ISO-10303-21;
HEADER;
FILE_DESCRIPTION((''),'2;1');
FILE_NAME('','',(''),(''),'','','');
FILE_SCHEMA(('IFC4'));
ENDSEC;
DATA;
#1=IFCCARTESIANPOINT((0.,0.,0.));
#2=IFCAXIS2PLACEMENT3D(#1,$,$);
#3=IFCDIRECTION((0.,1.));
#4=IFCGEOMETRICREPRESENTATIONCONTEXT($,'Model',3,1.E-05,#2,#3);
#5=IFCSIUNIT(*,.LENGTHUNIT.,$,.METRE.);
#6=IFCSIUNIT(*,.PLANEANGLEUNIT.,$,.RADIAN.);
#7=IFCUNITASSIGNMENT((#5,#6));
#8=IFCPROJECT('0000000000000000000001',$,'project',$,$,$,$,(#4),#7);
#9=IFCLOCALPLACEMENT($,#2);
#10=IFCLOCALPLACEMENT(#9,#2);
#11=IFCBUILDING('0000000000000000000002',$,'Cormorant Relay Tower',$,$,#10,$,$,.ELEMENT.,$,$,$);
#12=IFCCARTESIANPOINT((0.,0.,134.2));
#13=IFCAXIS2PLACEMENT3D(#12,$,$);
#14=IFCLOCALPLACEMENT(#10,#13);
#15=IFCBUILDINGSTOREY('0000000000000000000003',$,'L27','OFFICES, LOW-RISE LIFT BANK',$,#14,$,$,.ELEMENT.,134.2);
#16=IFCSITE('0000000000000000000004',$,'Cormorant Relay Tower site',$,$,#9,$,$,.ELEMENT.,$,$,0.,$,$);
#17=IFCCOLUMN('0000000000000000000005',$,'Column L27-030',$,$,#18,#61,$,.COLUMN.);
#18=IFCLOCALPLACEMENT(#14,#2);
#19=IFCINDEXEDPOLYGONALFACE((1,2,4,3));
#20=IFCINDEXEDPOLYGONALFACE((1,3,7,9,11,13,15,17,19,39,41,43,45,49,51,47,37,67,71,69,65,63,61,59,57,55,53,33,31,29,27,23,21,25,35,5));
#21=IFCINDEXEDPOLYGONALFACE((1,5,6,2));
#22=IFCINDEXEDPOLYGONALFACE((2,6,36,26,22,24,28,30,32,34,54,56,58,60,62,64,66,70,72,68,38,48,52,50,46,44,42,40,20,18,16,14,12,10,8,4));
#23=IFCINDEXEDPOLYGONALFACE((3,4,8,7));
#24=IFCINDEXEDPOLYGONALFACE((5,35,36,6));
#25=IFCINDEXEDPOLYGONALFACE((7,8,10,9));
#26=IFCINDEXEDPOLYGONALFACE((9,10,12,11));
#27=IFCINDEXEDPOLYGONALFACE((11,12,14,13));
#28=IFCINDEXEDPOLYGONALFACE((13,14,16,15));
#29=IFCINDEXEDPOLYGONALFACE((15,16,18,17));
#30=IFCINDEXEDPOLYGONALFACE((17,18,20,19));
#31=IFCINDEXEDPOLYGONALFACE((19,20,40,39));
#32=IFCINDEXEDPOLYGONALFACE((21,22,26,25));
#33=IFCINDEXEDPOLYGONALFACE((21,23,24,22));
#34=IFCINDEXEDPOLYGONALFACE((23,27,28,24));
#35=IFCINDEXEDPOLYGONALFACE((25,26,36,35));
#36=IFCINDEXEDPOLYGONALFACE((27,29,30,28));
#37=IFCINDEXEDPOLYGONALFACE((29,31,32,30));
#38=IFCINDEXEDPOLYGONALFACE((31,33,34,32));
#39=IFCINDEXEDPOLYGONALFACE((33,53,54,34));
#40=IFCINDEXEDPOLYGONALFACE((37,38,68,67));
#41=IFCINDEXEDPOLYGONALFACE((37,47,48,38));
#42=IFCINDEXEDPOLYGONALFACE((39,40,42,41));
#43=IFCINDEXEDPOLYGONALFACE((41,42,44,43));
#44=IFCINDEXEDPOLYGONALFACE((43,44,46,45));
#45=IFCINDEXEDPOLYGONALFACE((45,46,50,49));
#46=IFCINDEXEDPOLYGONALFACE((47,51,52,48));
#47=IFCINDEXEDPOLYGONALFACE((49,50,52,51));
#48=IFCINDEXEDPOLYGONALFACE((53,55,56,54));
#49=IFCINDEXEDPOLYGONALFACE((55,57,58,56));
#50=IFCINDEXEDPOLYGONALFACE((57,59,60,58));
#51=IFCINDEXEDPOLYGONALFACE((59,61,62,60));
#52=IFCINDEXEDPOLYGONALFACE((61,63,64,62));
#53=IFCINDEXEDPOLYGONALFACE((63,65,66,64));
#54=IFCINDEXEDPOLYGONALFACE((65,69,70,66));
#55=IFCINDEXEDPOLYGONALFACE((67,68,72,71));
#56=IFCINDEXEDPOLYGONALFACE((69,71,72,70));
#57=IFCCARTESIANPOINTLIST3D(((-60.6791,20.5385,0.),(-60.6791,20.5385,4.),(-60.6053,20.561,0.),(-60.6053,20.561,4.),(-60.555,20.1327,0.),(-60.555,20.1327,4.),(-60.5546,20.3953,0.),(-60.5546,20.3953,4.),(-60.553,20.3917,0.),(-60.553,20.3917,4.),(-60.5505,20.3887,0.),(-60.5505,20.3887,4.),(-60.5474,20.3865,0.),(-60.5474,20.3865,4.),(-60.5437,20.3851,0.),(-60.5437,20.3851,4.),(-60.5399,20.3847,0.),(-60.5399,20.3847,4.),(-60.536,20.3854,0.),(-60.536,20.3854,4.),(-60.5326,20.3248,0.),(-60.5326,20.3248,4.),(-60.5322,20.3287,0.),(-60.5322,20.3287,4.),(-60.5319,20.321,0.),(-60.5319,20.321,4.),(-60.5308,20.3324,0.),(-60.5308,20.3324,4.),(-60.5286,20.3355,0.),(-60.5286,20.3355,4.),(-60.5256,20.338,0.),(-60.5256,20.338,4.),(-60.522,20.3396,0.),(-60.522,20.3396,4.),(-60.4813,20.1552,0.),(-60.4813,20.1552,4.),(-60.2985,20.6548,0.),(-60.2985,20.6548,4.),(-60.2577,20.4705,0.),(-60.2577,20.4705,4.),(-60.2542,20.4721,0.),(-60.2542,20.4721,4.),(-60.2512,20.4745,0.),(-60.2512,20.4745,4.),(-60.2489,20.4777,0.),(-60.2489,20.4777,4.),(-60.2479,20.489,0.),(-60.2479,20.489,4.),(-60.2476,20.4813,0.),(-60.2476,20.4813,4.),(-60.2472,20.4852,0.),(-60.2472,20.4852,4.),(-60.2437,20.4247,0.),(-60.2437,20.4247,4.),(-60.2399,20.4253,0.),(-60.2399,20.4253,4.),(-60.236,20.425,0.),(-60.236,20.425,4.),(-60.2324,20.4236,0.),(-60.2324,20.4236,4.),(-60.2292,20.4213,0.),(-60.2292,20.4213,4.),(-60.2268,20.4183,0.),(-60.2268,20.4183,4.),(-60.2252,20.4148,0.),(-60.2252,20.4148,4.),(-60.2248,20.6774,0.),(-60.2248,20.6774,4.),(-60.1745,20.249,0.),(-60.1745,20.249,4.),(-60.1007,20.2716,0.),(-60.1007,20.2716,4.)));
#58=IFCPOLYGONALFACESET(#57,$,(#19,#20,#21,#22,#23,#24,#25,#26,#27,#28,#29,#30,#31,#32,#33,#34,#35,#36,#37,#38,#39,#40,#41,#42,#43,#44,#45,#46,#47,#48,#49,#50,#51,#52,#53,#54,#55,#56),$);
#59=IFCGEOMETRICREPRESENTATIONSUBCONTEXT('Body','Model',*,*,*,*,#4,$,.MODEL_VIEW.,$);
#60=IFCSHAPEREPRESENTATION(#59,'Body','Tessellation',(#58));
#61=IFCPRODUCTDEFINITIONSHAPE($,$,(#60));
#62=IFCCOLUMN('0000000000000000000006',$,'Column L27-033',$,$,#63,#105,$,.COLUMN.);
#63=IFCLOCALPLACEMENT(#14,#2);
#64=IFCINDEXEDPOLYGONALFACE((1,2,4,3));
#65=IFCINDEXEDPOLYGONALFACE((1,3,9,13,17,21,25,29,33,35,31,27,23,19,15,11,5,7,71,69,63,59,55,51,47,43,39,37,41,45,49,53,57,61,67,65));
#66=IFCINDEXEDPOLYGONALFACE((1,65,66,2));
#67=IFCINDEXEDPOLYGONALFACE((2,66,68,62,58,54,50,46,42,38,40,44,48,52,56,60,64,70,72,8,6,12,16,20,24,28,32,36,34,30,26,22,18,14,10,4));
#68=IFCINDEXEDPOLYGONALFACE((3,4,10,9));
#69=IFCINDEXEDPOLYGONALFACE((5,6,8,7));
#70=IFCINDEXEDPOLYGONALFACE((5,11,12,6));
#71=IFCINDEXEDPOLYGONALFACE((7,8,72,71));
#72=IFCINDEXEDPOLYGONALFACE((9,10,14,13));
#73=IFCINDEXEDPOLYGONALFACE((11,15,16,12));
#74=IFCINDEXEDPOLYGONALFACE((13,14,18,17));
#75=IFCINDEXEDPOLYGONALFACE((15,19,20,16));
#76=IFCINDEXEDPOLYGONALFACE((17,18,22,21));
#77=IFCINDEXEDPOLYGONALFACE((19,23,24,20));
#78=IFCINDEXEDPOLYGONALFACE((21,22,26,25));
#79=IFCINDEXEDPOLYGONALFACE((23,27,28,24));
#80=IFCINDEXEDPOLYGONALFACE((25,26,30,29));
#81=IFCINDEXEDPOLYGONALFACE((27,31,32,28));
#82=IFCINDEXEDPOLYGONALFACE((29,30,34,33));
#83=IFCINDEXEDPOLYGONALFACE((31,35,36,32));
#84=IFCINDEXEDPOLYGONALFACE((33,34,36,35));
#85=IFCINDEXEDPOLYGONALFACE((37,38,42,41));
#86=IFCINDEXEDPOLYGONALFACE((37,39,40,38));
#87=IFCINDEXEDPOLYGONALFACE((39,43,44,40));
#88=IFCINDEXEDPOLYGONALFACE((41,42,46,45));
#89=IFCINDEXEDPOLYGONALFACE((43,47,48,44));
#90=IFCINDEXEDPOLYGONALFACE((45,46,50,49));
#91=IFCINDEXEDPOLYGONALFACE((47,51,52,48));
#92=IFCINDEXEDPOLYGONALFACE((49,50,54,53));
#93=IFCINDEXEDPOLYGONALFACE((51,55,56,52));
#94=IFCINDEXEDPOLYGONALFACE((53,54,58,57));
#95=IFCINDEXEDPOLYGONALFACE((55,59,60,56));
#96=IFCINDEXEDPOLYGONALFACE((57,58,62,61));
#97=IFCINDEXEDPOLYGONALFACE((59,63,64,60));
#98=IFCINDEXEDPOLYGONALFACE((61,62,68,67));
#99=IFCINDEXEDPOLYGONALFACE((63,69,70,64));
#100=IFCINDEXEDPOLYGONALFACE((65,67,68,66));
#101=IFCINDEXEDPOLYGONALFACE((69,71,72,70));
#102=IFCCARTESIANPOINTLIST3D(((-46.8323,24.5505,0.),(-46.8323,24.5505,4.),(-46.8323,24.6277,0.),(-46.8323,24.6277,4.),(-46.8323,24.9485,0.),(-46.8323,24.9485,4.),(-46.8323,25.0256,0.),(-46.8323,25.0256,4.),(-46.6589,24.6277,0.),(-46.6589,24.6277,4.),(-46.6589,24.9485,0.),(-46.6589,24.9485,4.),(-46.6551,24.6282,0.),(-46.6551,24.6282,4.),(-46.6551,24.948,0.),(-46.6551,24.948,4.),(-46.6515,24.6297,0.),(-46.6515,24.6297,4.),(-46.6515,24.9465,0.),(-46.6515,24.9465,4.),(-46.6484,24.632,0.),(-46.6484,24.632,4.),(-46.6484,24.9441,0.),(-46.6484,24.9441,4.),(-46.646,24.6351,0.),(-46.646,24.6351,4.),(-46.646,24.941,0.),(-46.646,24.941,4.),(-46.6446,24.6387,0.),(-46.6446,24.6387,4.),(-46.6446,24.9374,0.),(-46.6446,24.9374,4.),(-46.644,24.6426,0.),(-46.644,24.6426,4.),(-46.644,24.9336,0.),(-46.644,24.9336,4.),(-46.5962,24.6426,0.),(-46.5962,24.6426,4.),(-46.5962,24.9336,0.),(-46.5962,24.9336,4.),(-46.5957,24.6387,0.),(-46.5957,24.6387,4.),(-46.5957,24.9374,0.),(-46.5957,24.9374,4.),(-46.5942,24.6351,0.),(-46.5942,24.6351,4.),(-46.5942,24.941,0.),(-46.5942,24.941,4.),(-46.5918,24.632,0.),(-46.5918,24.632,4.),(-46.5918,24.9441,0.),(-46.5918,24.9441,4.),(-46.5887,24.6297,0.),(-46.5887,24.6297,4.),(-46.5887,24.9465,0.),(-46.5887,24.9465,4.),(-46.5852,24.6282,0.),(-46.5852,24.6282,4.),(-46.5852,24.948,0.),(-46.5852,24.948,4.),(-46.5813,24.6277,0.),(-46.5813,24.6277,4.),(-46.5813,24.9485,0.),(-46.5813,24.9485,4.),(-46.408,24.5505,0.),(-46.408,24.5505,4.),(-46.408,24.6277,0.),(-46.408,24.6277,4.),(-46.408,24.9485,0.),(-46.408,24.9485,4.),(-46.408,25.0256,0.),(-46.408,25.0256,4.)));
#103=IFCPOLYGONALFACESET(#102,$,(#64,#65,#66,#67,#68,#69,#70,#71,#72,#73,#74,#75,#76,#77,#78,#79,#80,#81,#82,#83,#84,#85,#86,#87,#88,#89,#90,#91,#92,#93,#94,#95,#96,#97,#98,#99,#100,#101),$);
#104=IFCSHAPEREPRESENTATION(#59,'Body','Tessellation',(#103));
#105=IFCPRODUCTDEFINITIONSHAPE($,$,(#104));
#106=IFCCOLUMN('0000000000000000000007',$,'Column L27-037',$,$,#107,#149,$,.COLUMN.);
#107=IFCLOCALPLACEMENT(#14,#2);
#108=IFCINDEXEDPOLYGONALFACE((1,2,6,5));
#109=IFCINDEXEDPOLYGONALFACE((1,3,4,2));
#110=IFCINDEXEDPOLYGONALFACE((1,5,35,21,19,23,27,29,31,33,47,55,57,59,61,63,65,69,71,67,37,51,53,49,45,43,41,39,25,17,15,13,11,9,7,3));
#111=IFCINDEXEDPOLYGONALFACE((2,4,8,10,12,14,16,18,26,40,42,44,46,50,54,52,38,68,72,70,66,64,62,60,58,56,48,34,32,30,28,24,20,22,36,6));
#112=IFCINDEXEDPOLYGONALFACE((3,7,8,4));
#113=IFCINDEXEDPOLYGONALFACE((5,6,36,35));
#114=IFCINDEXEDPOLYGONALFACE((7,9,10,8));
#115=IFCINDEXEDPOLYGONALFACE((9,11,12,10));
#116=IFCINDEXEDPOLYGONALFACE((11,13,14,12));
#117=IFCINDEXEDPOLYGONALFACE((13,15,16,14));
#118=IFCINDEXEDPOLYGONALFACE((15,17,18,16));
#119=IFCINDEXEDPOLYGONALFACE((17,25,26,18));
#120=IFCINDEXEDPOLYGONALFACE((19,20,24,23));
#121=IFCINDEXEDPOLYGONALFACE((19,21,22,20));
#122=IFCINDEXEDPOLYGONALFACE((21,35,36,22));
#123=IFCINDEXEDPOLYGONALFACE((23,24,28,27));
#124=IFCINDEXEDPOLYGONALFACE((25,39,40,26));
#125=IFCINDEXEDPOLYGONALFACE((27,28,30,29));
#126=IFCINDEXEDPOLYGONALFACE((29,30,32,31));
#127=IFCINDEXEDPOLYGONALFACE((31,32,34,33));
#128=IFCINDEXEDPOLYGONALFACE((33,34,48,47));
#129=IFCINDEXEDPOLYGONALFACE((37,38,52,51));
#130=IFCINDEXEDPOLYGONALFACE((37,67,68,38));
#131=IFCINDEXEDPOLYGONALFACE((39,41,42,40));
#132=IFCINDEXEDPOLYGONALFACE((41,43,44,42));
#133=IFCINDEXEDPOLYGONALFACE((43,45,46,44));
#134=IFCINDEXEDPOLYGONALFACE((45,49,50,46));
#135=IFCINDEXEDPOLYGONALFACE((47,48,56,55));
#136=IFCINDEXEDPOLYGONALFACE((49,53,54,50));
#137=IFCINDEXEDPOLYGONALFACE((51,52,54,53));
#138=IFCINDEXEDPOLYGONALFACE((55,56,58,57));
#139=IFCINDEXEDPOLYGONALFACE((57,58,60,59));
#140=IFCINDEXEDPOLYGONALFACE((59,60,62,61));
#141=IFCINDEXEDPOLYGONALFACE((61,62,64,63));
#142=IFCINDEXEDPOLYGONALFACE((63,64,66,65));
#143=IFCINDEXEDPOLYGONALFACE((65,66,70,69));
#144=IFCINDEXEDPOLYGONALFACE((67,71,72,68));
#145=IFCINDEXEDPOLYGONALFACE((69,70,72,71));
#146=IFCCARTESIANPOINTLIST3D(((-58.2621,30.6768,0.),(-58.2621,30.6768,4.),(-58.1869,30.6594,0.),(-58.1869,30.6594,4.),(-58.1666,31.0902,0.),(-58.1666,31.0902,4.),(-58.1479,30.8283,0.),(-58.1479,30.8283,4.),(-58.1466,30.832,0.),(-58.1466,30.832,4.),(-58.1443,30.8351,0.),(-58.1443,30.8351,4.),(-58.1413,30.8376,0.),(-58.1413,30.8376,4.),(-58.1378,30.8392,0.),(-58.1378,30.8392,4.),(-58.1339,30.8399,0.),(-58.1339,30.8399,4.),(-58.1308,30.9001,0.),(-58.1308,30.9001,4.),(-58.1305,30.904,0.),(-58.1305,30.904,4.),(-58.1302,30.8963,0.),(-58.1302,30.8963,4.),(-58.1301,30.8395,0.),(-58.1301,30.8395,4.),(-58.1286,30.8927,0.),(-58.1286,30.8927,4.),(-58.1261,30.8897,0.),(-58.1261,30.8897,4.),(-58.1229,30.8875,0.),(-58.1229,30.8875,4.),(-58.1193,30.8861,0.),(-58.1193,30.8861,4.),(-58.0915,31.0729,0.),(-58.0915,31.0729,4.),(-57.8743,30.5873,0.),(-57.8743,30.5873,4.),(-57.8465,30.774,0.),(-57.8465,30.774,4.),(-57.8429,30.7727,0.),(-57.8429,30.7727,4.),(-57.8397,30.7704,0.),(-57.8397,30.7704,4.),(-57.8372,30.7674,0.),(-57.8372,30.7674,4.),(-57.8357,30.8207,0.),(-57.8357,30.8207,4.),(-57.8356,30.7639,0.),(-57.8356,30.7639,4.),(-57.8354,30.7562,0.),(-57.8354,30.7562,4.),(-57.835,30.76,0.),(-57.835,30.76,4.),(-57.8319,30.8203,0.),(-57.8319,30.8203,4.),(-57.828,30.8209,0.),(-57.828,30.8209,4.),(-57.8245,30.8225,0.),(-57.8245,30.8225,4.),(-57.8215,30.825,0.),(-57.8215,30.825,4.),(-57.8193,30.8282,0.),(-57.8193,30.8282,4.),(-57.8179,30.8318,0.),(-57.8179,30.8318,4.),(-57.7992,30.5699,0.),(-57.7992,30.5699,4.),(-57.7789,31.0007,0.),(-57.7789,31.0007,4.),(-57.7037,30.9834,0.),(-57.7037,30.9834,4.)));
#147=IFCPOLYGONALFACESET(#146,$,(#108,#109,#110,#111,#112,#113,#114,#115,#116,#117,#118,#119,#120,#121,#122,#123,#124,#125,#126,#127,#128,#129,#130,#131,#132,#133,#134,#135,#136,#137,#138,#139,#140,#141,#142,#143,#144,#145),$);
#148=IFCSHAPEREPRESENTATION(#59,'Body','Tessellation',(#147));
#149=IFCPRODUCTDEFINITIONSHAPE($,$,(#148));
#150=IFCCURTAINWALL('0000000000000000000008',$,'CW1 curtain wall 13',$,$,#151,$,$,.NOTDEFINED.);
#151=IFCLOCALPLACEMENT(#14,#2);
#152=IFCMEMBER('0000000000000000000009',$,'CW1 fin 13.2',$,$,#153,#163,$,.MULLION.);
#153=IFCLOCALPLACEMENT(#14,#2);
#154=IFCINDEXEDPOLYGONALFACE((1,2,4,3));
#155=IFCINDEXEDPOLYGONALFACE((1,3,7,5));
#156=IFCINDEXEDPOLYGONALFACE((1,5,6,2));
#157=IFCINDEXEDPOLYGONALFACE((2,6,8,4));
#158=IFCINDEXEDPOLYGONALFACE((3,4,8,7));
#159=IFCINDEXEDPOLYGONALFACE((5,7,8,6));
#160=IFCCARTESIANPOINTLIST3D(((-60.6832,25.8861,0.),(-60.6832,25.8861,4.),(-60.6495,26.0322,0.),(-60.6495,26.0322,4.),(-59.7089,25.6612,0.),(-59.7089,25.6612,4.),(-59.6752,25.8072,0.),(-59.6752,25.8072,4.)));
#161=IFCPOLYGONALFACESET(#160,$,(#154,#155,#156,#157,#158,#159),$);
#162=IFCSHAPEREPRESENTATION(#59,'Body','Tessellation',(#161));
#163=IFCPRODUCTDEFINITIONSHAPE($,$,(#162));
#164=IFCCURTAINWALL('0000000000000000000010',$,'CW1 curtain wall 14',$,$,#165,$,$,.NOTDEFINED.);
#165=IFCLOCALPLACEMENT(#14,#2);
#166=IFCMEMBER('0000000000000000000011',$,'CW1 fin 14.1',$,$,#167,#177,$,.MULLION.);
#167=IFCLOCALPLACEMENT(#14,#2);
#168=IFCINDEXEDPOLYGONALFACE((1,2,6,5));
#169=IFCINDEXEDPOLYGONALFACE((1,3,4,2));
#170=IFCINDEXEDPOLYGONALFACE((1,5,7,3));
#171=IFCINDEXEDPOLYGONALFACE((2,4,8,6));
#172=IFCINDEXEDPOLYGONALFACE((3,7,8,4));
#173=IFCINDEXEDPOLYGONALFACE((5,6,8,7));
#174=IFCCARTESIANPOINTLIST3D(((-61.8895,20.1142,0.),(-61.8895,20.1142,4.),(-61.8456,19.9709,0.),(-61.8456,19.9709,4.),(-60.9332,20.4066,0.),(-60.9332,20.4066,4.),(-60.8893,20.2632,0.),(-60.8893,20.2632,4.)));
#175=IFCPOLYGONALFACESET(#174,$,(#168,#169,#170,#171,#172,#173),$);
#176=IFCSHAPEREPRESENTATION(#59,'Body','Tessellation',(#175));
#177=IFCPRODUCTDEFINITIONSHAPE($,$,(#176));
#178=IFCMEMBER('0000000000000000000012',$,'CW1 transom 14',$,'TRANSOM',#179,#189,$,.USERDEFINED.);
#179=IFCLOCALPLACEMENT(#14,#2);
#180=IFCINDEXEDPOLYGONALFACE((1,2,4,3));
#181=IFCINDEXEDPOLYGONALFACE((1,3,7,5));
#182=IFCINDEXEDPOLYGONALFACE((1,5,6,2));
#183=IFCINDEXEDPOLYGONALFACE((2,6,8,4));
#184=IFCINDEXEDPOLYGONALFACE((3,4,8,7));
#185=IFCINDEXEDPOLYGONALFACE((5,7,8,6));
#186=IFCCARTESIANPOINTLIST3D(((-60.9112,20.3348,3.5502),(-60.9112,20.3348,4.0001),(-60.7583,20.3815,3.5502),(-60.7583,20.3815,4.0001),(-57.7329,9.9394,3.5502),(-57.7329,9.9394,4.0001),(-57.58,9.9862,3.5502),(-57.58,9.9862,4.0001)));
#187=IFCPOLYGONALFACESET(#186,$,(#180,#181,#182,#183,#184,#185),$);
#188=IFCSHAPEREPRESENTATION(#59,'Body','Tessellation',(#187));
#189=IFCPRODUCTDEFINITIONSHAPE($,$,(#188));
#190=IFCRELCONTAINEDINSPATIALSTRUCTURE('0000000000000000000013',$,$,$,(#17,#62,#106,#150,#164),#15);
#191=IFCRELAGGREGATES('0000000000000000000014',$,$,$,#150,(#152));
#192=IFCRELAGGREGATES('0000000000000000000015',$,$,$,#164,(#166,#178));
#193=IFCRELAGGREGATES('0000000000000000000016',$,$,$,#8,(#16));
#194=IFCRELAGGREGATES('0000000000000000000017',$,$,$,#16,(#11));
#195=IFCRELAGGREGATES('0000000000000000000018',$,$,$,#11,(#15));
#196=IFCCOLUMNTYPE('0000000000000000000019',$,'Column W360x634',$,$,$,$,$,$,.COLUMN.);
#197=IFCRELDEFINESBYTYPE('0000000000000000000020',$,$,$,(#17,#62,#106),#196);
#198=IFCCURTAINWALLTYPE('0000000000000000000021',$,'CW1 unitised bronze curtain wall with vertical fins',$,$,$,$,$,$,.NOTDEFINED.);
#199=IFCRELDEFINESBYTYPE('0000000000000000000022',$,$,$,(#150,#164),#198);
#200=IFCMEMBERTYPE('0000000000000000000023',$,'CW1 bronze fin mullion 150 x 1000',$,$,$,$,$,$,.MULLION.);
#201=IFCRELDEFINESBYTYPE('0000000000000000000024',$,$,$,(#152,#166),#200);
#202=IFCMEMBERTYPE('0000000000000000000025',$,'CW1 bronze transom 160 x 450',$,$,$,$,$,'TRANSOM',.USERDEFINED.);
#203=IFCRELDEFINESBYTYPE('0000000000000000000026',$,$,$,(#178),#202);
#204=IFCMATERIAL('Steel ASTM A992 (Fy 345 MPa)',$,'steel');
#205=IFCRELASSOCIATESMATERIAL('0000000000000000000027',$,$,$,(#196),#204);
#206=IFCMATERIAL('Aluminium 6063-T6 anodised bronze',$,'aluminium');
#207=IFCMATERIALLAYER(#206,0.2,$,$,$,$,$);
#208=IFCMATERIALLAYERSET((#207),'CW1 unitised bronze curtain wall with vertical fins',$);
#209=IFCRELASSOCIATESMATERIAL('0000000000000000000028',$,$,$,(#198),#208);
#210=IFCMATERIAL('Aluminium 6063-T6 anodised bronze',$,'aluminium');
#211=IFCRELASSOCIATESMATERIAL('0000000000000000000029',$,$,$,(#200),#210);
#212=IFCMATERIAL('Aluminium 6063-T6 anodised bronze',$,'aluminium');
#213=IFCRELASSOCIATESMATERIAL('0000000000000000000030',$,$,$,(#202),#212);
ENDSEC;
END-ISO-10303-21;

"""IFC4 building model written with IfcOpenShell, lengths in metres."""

from ifc_helpers import new_model, si_unit, direction, frame, origin, origin_2d, place, context, subcontext, project, spatial, rectangle, i_section, extrude, material, layer, layer_set, material_profile, profile_set, type_object, element, aggregate, save


model = new_model("IFC4")

# Units and contexts
model_context = context("Model", 3, precision=1e-05, world=origin(), true_north=direction((0.0, 1.0)))
body_context = subcontext(model_context, "Body", "Model", "MODEL_VIEW")
ifc_project = project(units=[si_unit("LENGTHUNIT", "METRE"), si_unit("PLANEANGLEUNIT", "RADIAN")], contexts=[model_context])

# Site, building, storey
site_placement = place(None, origin())
site = spatial("IfcSite", under=ifc_project, at=site_placement, Name="Cormorant Relay Tower site", CompositionType="ELEMENT", RefElevation=0.0)
building_placement = place(site_placement, origin())
building = spatial("IfcBuilding", under=site, at=building_placement, Name="Cormorant Relay Tower", CompositionType="ELEMENT")
storey_placement = place(building_placement, frame((0.0, 0.0, 134.2)))
storey = spatial("IfcBuildingStorey", under=building, at=storey_placement, Name="L27", Description="OFFICES, LOW-RISE LIFT BANK", CompositionType="ELEMENT", Elevation=134.2)

# Columns
ifc_material_1 = material(Name="Steel ASTM A992 (Fy 345 MPa)", Category="steel")
ifc_material_profile_1 = material_profile(ifc_material_1, i_section(OverallWidth=0.4243, OverallDepth=0.4751, WebThickness=0.0479, FlangeThickness=0.0771, FilletRadius=0.0149, at=origin_2d()), Name="W360x634")
ifc_profile_set_1 = profile_set([ifc_material_profile_1], Name="Steel ASTM A992 (Fy 345 MPa)")
column_type = type_object("IfcColumnType", Name="Column W360x634", PredefinedType="COLUMN", material=ifc_profile_set_1)
for number, where, z_axis, x_axis, name in (
    (1, (-60.3899, 20.405, 0.0), (0.0, 0.0, 1.0), (0.292372, -0.956305, 0.0), "Column L27-030"),
    (2, (-46.6201, 24.7881, 0.0), (0.0, 0.0, 1.0), (1.0, 0.0, 0.0), "Column L27-033"),
    (3, (-57.9829, 30.8301, 0.0), (0.0, 0.0, 1.0), (-0.224951, -0.97437, 0.0), "Column L27-037"),
):
    element("IfcColumn", number, at=place(storey_placement, frame(where, z_axis=z_axis, x_axis=x_axis)), inside=storey, type_object=column_type, Name=name, PredefinedType="COLUMN", context=body_context, shape_type="SweptSolid", body=[
        extrude(i_section(OverallWidth=0.4243, OverallDepth=0.4751, WebThickness=0.0479, FlangeThickness=0.0771, FilletRadius=0.0149, at=origin_2d()), origin(), (0.0, 0.0, 1.0), 4.0),
    ])

# Curtain wall, member
ifc_material_2 = material(Name="Aluminium 6063-T6 anodised bronze", Category="aluminium")
ifc_layer_1 = layer(ifc_material_2, 0.2)
ifc_layer_set_1 = layer_set([ifc_layer_1], Name="CW1 unitised bronze curtain wall with vertical fins")
curtain_wall_type = type_object("IfcCurtainWallType", Name="CW1 unitised bronze curtain wall with vertical fins", PredefinedType="NOTDEFINED", material=ifc_layer_set_1)
curtain_wall_1_placement = place(storey_placement, origin())
curtain_wall_1 = element("IfcCurtainWall", 4, at=curtain_wall_1_placement, inside=storey, type_object=curtain_wall_type, Name="CW1 curtain wall 13", PredefinedType="NOTDEFINED")
ifc_material_3 = material(Name="Aluminium 6063-T6 anodised bronze", Category="aluminium")
ifc_material_profile_2 = material_profile(ifc_material_3, rectangle(XDim=0.1499, YDim=1.0, at=origin_2d()), Name="AL 150x1000")
ifc_profile_set_2 = profile_set([ifc_material_profile_2], Name="Aluminium 6063-T6 anodised bronze")
member_type_1 = type_object("IfcMemberType", Name="CW1 bronze fin mullion 150 x 1000", PredefinedType="MULLION", material=ifc_profile_set_2)
member_1_placement = place(storey_placement, frame((-60.1792, 25.8467, 0.0), z_axis=(0.0, 0.0, 1.0), x_axis=(-0.224951, -0.97437, 0.0)))
member_1 = element("IfcMember", 5, at=member_1_placement, type_object=member_type_1, Name="CW1 fin 13.2", PredefinedType="MULLION", context=body_context, shape_type="SweptSolid", body=[
    extrude(rectangle(XDim=0.1499, YDim=1.0, at=origin_2d()), origin(), (0.0, 0.0, 1.0), 4.0),
])

# Curtain wall, members
curtain_wall_2_placement = place(storey_placement, origin())
curtain_wall_2 = element("IfcCurtainWall", 6, at=curtain_wall_2_placement, inside=storey, type_object=curtain_wall_type, Name="CW1 curtain wall 14", PredefinedType="NOTDEFINED")
member_2_placement = place(storey_placement, frame((-61.3894, 20.1887, 0.0), z_axis=(0.0, 0.0, 1.0), x_axis=(0.292372, -0.956305, 0.0)))
member_2 = element("IfcMember", 7, at=member_2_placement, type_object=member_type_1, Name="CW1 fin 14.1", PredefinedType="MULLION", context=body_context, shape_type="SweptSolid", body=[
    extrude(rectangle(XDim=0.1499, YDim=1.0, at=origin_2d()), origin(), (0.0, 0.0, 1.0), 4.0),
])
ifc_material_4 = material(Name="Aluminium 6063-T6 anodised bronze", Category="aluminium")
ifc_material_profile_3 = material_profile(ifc_material_4, rectangle(XDim=0.1599, YDim=0.45, at=origin_2d()), Name="AL 160x450")
ifc_profile_set_3 = profile_set([ifc_material_profile_3], Name="Aluminium 6063-T6 anodised bronze")
member_type_2 = type_object("IfcMemberType", Name="CW1 bronze transom 160 x 450", ElementType="TRANSOM", PredefinedType="USERDEFINED", material=ifc_profile_set_3)
member_3_placement = place(storey_placement, frame((-60.8347, 20.3582, 3.7751), z_axis=(0.292378, -0.956303, 0.0), x_axis=(0.956303, 0.292378, 0.0)))
member_3 = element("IfcMember", 8, at=member_3_placement, type_object=member_type_2, Name="CW1 transom 14", ObjectType="TRANSOM", PredefinedType="USERDEFINED", context=body_context, shape_type="SweptSolid", body=[
    extrude(rectangle(XDim=0.1599, YDim=0.45, at=origin_2d()), origin(), (0.0, 0.0, 1.0), 10.8704),
])

aggregate(curtain_wall_1, [member_1])
aggregate(curtain_wall_2, [member_2, member_3])

save(model, "model.ifc")
